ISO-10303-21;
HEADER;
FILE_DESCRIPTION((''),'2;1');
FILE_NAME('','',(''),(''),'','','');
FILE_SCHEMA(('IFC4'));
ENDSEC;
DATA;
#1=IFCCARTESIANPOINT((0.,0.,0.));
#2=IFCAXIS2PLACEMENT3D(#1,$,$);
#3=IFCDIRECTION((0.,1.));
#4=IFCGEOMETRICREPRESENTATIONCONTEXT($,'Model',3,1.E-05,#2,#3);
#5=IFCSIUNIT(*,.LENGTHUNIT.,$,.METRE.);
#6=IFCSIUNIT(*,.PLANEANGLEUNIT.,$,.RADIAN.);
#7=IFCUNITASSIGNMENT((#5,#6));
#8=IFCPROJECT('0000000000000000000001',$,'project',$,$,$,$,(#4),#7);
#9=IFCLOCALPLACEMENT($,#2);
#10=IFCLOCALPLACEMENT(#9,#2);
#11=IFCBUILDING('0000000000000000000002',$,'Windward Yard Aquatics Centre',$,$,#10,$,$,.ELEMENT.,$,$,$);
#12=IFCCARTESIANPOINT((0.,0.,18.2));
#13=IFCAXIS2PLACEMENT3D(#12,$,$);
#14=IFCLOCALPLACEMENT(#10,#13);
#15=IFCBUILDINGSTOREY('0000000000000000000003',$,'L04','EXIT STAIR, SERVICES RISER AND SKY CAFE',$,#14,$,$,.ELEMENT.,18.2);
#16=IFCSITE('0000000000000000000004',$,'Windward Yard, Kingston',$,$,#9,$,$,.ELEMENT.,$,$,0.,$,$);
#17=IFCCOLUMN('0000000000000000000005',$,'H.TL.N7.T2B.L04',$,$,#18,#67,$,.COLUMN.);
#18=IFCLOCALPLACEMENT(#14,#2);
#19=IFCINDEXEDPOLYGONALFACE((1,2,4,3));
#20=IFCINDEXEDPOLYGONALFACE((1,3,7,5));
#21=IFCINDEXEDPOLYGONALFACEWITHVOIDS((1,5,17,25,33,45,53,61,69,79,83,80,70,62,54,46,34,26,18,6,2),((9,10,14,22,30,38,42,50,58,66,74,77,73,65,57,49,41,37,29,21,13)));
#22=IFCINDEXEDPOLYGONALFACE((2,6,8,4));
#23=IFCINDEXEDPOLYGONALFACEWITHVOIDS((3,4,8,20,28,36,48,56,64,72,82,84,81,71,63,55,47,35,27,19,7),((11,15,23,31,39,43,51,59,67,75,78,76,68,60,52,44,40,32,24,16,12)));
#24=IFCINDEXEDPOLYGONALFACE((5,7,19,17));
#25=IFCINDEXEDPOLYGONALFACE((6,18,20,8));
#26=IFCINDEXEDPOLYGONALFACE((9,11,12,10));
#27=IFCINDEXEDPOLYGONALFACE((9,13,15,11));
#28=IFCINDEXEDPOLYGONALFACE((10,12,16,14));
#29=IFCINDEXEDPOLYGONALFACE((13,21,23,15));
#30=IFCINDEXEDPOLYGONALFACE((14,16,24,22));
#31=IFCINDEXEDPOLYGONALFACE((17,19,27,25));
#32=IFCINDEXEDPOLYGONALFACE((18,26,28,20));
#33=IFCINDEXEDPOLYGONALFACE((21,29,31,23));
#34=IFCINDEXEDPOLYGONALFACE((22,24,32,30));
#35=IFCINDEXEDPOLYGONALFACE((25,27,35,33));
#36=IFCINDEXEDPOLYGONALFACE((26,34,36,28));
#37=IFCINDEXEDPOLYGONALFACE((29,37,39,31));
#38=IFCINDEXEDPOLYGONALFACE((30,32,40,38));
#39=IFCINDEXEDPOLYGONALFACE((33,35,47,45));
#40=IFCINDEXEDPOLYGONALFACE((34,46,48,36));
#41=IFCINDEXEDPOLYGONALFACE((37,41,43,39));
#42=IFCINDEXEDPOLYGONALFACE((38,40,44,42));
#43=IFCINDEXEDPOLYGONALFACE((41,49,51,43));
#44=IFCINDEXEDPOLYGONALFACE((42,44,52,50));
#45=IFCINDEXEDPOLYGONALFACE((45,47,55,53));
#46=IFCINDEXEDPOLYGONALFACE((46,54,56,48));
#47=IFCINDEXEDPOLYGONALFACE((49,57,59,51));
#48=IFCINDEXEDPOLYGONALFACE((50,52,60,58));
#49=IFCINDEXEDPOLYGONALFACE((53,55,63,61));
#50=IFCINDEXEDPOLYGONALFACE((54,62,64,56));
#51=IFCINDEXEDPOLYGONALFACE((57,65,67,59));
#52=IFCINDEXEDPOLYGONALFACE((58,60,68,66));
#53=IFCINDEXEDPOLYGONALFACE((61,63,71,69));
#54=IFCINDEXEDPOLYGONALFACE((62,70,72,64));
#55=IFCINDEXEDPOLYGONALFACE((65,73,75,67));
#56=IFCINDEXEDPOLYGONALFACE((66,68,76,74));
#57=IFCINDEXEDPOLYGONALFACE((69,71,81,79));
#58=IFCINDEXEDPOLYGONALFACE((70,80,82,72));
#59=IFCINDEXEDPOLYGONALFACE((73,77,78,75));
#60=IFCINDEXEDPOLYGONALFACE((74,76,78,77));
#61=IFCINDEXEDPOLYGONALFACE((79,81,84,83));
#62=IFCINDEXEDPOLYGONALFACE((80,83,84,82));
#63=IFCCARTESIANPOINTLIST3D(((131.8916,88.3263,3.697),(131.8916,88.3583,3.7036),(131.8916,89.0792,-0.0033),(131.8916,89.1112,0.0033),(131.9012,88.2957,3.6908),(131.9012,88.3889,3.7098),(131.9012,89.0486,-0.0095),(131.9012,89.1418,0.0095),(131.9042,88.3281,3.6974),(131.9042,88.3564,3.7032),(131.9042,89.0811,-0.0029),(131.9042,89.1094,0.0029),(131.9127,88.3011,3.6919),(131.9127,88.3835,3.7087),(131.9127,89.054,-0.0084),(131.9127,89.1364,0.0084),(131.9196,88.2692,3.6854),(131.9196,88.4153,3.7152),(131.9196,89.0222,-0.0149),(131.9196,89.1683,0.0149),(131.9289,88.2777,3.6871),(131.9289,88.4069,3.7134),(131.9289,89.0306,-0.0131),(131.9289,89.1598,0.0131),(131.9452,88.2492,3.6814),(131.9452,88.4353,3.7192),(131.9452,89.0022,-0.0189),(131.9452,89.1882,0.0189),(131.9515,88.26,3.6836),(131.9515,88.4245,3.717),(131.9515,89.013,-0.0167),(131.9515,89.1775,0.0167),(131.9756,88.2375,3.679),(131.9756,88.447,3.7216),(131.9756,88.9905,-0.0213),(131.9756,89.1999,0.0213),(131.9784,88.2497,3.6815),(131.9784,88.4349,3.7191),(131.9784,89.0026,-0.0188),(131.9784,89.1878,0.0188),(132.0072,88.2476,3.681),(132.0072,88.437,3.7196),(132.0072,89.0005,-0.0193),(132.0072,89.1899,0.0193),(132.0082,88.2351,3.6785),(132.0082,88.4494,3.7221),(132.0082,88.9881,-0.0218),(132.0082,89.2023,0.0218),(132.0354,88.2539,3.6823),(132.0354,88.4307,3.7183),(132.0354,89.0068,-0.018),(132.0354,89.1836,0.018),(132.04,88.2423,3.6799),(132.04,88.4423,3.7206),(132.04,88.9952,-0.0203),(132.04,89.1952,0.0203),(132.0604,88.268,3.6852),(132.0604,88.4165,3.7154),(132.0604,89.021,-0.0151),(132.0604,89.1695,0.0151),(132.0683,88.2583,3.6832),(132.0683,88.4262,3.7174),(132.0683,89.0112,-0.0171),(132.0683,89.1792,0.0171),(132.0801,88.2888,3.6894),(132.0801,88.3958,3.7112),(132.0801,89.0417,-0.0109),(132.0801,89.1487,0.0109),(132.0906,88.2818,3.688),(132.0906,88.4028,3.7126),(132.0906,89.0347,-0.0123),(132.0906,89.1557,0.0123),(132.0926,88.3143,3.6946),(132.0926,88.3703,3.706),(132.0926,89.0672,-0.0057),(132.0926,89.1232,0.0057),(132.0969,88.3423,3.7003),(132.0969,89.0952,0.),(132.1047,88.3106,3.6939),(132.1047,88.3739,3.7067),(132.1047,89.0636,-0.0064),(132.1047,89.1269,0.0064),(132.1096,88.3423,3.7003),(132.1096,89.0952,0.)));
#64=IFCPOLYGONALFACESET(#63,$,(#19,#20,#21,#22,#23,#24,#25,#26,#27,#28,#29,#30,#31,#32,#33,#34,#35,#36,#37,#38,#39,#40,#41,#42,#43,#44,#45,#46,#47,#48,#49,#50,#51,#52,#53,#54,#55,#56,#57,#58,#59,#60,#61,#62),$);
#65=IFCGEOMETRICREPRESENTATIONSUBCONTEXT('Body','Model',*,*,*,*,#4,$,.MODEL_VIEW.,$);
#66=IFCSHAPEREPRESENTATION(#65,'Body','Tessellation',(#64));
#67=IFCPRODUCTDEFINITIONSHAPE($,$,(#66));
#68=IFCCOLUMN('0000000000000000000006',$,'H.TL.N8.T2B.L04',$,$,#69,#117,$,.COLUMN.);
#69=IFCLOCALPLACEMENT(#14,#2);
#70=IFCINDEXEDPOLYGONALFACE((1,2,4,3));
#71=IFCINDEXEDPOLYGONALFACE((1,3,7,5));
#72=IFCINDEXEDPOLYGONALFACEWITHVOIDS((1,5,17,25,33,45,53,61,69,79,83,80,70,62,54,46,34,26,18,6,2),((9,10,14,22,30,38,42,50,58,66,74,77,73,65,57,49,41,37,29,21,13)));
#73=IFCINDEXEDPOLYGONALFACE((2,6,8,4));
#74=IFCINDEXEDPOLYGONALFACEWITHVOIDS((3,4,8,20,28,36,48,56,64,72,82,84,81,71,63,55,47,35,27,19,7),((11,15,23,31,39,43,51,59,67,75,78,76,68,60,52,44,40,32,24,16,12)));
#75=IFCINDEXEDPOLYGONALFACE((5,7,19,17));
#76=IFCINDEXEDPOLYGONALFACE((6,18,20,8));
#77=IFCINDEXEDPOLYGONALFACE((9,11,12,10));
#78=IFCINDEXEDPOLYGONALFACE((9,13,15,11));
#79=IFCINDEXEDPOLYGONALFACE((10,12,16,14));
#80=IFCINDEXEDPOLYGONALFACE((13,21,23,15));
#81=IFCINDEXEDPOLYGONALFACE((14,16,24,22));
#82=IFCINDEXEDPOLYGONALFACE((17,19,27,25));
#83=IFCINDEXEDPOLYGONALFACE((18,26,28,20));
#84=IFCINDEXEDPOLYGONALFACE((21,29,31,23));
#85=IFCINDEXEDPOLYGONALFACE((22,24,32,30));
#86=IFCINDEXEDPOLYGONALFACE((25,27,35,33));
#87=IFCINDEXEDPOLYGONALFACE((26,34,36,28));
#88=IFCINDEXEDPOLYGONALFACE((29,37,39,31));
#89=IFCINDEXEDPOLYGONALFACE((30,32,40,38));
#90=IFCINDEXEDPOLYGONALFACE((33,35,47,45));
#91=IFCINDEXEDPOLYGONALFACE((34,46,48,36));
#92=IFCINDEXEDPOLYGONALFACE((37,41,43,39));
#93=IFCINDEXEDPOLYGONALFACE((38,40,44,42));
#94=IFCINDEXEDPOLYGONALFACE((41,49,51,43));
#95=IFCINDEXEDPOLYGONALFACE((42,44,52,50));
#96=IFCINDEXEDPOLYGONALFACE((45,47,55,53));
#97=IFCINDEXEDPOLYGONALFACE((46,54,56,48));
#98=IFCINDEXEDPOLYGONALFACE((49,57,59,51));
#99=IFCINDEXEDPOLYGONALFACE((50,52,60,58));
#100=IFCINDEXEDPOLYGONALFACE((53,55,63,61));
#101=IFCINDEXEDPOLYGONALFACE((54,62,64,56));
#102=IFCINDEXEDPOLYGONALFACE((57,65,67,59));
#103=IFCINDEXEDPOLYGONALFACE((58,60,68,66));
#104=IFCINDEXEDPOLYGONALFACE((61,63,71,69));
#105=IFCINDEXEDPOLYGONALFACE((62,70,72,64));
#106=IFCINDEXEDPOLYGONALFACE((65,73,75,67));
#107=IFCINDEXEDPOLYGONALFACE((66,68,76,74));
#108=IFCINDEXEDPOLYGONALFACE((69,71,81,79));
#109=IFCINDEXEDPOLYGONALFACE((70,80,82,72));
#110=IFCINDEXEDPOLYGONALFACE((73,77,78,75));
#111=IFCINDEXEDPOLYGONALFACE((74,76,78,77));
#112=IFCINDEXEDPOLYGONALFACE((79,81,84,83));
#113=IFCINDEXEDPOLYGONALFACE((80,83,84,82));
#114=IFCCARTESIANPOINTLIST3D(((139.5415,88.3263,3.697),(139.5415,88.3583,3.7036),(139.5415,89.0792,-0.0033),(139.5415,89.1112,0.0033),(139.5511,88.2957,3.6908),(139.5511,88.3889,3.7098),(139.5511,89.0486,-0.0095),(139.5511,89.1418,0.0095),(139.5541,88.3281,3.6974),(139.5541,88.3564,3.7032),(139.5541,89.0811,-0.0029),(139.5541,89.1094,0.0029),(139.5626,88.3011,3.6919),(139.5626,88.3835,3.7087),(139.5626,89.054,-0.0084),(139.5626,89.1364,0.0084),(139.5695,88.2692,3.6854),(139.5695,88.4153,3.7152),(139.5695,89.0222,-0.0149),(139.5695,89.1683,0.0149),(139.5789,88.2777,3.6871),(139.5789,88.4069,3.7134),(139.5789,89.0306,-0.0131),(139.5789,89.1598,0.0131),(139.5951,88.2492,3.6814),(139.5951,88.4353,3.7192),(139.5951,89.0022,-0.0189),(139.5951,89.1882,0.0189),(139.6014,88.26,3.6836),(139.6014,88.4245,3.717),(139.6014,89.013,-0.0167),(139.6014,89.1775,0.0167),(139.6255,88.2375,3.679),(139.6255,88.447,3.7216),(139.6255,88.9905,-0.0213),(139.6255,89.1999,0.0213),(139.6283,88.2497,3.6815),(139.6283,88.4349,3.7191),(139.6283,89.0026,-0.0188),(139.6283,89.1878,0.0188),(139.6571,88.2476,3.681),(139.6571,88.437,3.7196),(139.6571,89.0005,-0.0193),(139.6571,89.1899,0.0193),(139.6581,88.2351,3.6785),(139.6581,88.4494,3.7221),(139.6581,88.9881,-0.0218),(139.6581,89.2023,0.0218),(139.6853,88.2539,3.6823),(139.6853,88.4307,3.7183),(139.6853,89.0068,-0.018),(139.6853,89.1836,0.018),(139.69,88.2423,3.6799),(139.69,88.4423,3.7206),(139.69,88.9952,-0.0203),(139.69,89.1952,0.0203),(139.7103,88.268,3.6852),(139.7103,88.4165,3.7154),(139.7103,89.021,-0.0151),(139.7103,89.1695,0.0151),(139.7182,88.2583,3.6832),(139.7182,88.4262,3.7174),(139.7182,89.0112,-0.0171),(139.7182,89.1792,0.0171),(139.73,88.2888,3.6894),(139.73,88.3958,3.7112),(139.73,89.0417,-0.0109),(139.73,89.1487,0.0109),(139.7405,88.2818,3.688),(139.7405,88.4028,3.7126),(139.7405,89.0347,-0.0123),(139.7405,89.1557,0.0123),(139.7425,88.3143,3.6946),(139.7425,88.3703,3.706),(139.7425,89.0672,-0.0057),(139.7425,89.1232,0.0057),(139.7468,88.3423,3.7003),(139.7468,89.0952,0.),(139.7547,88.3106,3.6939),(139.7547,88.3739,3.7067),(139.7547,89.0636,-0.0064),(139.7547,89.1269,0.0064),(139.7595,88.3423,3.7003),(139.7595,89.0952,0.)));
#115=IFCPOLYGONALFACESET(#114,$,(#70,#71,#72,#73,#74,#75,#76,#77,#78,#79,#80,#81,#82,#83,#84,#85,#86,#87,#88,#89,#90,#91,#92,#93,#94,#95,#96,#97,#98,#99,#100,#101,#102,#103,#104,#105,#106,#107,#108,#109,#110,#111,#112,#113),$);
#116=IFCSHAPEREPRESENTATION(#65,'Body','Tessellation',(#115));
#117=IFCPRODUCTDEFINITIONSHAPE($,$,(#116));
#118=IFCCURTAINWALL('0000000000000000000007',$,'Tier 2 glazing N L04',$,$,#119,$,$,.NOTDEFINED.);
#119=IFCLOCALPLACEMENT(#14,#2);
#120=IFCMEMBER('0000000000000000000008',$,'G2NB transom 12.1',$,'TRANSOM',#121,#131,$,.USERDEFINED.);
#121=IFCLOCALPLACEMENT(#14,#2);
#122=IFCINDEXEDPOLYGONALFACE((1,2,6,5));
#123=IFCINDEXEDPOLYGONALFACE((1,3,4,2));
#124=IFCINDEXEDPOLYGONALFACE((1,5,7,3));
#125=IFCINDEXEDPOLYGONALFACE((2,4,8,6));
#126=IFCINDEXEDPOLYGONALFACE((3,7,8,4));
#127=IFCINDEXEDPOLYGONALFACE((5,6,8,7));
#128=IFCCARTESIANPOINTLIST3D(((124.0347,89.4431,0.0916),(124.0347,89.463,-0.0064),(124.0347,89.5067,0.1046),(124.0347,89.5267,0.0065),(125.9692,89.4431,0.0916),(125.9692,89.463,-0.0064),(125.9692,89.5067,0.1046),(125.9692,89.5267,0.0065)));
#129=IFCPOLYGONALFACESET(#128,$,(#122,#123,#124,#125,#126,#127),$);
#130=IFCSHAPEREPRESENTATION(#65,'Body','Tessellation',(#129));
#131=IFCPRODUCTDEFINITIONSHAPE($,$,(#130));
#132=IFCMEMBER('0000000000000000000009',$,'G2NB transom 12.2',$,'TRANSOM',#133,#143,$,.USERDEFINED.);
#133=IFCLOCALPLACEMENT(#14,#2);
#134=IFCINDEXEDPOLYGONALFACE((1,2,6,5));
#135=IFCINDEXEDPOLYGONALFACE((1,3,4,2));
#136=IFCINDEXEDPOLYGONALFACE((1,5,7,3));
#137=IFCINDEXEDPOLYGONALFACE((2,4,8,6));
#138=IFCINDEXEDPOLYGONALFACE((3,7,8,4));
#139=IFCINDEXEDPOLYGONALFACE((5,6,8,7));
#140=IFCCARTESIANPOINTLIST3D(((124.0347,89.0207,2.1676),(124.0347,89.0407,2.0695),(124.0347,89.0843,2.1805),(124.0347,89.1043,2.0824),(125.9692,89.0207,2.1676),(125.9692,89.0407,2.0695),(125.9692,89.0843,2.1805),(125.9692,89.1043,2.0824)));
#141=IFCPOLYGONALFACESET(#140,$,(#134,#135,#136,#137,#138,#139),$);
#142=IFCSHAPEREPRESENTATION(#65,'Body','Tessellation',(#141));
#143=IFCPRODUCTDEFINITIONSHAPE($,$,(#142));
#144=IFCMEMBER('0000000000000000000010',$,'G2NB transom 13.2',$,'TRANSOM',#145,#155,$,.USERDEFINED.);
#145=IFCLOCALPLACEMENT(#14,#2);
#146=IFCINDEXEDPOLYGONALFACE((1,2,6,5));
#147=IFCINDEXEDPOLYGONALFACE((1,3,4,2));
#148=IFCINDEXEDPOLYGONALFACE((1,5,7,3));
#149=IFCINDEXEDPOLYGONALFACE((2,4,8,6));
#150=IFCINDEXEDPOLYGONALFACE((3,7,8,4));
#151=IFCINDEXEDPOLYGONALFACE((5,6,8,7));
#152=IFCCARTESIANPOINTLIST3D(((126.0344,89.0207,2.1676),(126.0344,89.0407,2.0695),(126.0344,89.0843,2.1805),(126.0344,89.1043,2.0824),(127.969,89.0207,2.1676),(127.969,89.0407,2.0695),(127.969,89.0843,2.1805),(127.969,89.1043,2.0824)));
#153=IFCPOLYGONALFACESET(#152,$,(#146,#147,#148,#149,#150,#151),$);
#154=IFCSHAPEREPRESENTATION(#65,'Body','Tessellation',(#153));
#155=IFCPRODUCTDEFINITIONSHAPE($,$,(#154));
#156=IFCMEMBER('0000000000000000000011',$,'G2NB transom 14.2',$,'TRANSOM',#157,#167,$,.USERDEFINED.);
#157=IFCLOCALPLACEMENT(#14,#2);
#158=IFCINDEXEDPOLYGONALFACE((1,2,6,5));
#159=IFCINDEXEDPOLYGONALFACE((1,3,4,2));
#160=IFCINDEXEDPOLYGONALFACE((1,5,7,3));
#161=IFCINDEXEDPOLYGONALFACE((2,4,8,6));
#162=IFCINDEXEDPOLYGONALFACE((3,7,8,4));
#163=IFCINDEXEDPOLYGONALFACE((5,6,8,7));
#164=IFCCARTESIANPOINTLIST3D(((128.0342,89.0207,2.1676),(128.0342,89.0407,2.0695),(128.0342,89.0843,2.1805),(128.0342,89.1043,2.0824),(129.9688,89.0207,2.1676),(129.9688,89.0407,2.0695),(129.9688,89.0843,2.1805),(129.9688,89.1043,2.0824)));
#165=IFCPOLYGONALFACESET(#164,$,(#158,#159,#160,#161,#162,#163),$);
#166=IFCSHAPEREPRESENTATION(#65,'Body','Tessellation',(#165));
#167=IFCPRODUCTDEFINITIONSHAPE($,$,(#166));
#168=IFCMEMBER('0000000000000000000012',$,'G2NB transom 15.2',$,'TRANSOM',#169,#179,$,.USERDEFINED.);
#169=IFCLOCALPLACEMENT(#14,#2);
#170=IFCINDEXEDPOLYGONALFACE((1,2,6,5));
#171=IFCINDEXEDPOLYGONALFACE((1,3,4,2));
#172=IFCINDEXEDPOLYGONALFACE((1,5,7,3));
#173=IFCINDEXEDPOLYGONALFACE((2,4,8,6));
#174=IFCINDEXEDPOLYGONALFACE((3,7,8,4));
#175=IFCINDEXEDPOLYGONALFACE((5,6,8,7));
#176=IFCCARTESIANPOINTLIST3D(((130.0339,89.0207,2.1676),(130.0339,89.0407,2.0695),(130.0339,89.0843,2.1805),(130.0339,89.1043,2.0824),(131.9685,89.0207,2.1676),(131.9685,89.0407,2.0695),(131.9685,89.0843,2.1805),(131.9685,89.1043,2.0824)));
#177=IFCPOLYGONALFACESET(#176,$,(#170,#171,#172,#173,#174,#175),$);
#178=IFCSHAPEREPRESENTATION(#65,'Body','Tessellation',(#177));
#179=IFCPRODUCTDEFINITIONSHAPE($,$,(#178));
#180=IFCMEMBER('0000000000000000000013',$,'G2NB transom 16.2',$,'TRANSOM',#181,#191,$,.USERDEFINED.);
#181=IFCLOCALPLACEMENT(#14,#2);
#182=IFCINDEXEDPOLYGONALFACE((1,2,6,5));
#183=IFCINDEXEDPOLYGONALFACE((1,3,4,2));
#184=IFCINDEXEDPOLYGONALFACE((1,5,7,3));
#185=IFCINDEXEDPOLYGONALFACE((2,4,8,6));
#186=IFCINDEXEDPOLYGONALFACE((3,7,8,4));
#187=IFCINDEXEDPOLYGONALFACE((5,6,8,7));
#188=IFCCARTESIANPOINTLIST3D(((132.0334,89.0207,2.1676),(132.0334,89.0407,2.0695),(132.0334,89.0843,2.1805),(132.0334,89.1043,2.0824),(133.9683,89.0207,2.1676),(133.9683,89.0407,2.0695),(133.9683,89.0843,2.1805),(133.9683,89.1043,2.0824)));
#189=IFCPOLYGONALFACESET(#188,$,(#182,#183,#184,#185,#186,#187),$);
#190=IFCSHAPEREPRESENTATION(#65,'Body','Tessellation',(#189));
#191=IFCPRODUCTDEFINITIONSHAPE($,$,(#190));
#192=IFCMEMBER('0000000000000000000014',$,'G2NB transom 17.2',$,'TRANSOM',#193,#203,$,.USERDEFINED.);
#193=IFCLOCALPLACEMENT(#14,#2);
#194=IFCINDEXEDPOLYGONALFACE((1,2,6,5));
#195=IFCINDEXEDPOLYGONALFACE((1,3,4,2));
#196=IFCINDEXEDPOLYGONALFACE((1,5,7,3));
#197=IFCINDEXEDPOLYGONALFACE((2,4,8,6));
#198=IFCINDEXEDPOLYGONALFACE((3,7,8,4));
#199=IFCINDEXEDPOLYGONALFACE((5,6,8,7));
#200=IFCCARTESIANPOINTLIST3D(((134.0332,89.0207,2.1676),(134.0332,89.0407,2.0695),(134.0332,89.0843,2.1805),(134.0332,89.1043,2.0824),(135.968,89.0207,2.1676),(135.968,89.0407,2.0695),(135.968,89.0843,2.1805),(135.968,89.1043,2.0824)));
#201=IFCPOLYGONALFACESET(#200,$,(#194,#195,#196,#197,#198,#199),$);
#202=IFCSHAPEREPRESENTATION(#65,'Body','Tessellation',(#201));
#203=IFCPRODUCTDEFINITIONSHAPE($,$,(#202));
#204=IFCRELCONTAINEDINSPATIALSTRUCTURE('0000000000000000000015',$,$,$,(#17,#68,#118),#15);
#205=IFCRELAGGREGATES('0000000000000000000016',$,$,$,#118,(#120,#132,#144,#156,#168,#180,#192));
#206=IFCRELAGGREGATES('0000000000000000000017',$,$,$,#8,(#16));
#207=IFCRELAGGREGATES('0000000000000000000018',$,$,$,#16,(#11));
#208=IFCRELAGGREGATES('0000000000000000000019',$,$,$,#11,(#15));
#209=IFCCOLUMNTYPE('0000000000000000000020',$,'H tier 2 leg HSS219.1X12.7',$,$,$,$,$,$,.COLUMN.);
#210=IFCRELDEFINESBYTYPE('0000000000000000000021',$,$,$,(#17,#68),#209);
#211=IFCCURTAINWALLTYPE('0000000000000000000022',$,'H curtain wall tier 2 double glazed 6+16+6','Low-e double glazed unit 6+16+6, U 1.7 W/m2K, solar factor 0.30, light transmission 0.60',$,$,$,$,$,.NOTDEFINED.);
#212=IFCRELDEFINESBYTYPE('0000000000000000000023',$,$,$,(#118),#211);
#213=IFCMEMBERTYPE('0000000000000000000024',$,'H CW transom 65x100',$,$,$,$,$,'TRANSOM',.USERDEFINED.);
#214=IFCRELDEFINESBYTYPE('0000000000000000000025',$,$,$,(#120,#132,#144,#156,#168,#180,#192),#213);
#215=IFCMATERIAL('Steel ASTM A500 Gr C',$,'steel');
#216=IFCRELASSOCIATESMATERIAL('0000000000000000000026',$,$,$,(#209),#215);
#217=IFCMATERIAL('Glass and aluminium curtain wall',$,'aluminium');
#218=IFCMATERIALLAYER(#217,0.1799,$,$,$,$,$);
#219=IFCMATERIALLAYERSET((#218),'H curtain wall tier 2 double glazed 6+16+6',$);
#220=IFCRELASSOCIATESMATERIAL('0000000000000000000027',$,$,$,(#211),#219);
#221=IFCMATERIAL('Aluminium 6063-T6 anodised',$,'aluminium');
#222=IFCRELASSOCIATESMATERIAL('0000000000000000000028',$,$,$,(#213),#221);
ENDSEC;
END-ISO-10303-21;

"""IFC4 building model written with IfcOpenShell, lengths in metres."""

from ifc_helpers import new_model, si_unit, direction, frame, origin, origin_2d, place, context, subcontext, project, spatial, rectangle, hollow_circle, extrude, material, layer, layer_set, material_profile, profile_set, type_object, element, aggregate, save


model = new_model("IFC4")

# Units and contexts
model_context = context("Model", 3, precision=1e-05, world=origin(), true_north=direction((0.0, 1.0)))
body_context = subcontext(model_context, "Body", "Model", "MODEL_VIEW")
ifc_project = project(units=[si_unit("LENGTHUNIT", "METRE"), si_unit("PLANEANGLEUNIT", "RADIAN")], contexts=[model_context])

# Site, building, storey
site_placement = place(None, origin())
site = spatial("IfcSite", under=ifc_project, at=site_placement, Name="Windward Yard, Kingston", CompositionType="ELEMENT", RefElevation=0.0)
building_placement = place(site_placement, origin())
building = spatial("IfcBuilding", under=site, at=building_placement, Name="Windward Yard Aquatics Centre", CompositionType="ELEMENT")
storey_placement = place(building_placement, frame((0.0, 0.0, 18.2)))
storey = spatial("IfcBuildingStorey", under=building, at=storey_placement, Name="L04", Description="EXIT STAIR, SERVICES RISER AND SKY CAFE", CompositionType="ELEMENT", Elevation=18.2)

# Columns
ifc_material_1 = material(Name="Steel ASTM A500 Gr C", Category="steel")
ifc_material_profile_1 = material_profile(ifc_material_1, hollow_circle(Radius=0.1096, WallThickness=0.0127, at=origin_2d()), Name="HSS219.1X12.7")
ifc_profile_set_1 = profile_set([ifc_material_profile_1], Name="Steel ASTM A500 Gr C")
column_type = type_object("IfcColumnType", Name="H tier 2 leg HSS219.1X12.7", PredefinedType="COLUMN", material=ifc_profile_set_1)
for number, where, z_axis, x_axis, name in (
    (1, (132.0, 89.0952, 0.0), (0.0, -0.199398, 0.979919), (1.0, 0.0, 0.0), "H.TL.N7.T2B.L04"),
    (2, (139.6499, 89.0952, 0.0), (0.0, -0.199398, 0.979919), (1.0, 0.0, 0.0), "H.TL.N8.T2B.L04"),
):
    element("IfcColumn", number, at=place(storey_placement, frame(where, z_axis=z_axis, x_axis=x_axis)), inside=storey, type_object=column_type, Name=name, PredefinedType="COLUMN", context=body_context, shape_type="SweptSolid", body=[
        extrude(hollow_circle(Radius=0.1096, WallThickness=0.0127, at=origin_2d()), origin(), (0.0, 0.0, 1.0), 3.7761),
    ])

# Curtain wall, members
ifc_material_2 = material(Name="Glass and aluminium curtain wall", Category="aluminium")
ifc_layer_1 = layer(ifc_material_2, 0.1799)
ifc_layer_set_1 = layer_set([ifc_layer_1], Name="H curtain wall tier 2 double glazed 6+16+6")
curtain_wall_type = type_object("IfcCurtainWallType", Name="H curtain wall tier 2 double glazed 6+16+6", Description="Low-e double glazed unit 6+16+6, U 1.7 W/m2K, solar factor 0.30, light transmission 0.60", PredefinedType="NOTDEFINED", material=ifc_layer_set_1)
curtain_wall_placement = place(storey_placement, origin())
curtain_wall = element("IfcCurtainWall", 3, at=curtain_wall_placement, inside=storey, type_object=curtain_wall_type, Name="Tier 2 glazing N L04", PredefinedType="NOTDEFINED")
ifc_material_3 = material(Name="Aluminium 6063-T6 anodised", Category="aluminium")
ifc_material_profile_2 = material_profile(ifc_material_3, rectangle(XDim=0.0649, YDim=0.1001, at=origin_2d()), Name="H CW transom 65x100")
ifc_profile_set_2 = profile_set([ifc_material_profile_2], Name="Aluminium 6063-T6 anodised")
member_type = type_object("IfcMemberType", Name="H CW transom 65x100", ElementType="TRANSOM", PredefinedType="USERDEFINED", material=ifc_profile_set_2)
member_1_placement = place(storey_placement, frame((124.0347, 89.4849, 0.0491), z_axis=(1.0, 0.0, 0.0), x_axis=(0.0, 0.979925, 0.199368)))
member_1 = element("IfcMember", 4, at=member_1_placement, type_object=member_type, Name="G2NB transom 12.1", ObjectType="TRANSOM", PredefinedType="USERDEFINED", context=body_context, shape_type="SweptSolid", body=[
    extrude(rectangle(XDim=0.0649, YDim=0.1001, at=origin_2d()), origin(), (0.0, 0.0, 1.0), 1.9346),
])
member_2_placement = place(storey_placement, frame((124.0347, 89.0625, 2.125), z_axis=(1.0, 0.0, 0.0), x_axis=(0.0, 0.979925, 0.199368)))
member_2 = element("IfcMember", 5, at=member_2_placement, type_object=member_type, Name="G2NB transom 12.2", ObjectType="TRANSOM", PredefinedType="USERDEFINED", context=body_context, shape_type="SweptSolid", body=[
    extrude(rectangle(XDim=0.0649, YDim=0.1001, at=origin_2d()), origin(), (0.0, 0.0, 1.0), 1.9346),
])
member_3_placement = place(storey_placement, frame((126.0344, 89.0625, 2.125), z_axis=(1.0, 0.0, 0.0), x_axis=(0.0, 0.979925, 0.199368)))
member_3 = element("IfcMember", 6, at=member_3_placement, type_object=member_type, Name="G2NB transom 13.2", ObjectType="TRANSOM", PredefinedType="USERDEFINED", context=body_context, shape_type="SweptSolid", body=[
    extrude(rectangle(XDim=0.0649, YDim=0.1001, at=origin_2d()), origin(), (0.0, 0.0, 1.0), 1.9346),
])
member_4_placement = place(storey_placement, frame((128.0342, 89.0625, 2.125), z_axis=(1.0, 0.0, 0.0), x_axis=(0.0, 0.979925, 0.199368)))
member_4 = element("IfcMember", 7, at=member_4_placement, type_object=member_type, Name="G2NB transom 14.2", ObjectType="TRANSOM", PredefinedType="USERDEFINED", context=body_context, shape_type="SweptSolid", body=[
    extrude(rectangle(XDim=0.0649, YDim=0.1001, at=origin_2d()), origin(), (0.0, 0.0, 1.0), 1.9346),
])
member_5_placement = place(storey_placement, frame((130.0339, 89.0625, 2.125), z_axis=(1.0, 0.0, 0.0), x_axis=(0.0, 0.979925, 0.199368)))
member_5 = element("IfcMember", 8, at=member_5_placement, type_object=member_type, Name="G2NB transom 15.2", ObjectType="TRANSOM", PredefinedType="USERDEFINED", context=body_context, shape_type="SweptSolid", body=[
    extrude(rectangle(XDim=0.0649, YDim=0.1001, at=origin_2d()), origin(), (0.0, 0.0, 1.0), 1.9346),
])
member_6_placement = place(storey_placement, frame((132.0334, 89.0625, 2.125), z_axis=(1.0, 0.0, 0.0), x_axis=(0.0, 0.979925, 0.199368)))
member_6 = element("IfcMember", 9, at=member_6_placement, type_object=member_type, Name="G2NB transom 16.2", ObjectType="TRANSOM", PredefinedType="USERDEFINED", context=body_context, shape_type="SweptSolid", body=[
    extrude(rectangle(XDim=0.0649, YDim=0.1001, at=origin_2d()), origin(), (0.0, 0.0, 1.0), 1.9348),
])
member_7_placement = place(storey_placement, frame((134.0332, 89.0625, 2.125), z_axis=(1.0, 0.0, 0.0), x_axis=(0.0, 0.979925, 0.199368)))
member_7 = element("IfcMember", 10, at=member_7_placement, type_object=member_type, Name="G2NB transom 17.2", ObjectType="TRANSOM", PredefinedType="USERDEFINED", context=body_context, shape_type="SweptSolid", body=[
    extrude(rectangle(XDim=0.0649, YDim=0.1001, at=origin_2d()), origin(), (0.0, 0.0, 1.0), 1.9348),
])

aggregate(curtain_wall, [member_1, member_2, member_3, member_4, member_5, member_6, member_7])

save(model, "model.ifc")
